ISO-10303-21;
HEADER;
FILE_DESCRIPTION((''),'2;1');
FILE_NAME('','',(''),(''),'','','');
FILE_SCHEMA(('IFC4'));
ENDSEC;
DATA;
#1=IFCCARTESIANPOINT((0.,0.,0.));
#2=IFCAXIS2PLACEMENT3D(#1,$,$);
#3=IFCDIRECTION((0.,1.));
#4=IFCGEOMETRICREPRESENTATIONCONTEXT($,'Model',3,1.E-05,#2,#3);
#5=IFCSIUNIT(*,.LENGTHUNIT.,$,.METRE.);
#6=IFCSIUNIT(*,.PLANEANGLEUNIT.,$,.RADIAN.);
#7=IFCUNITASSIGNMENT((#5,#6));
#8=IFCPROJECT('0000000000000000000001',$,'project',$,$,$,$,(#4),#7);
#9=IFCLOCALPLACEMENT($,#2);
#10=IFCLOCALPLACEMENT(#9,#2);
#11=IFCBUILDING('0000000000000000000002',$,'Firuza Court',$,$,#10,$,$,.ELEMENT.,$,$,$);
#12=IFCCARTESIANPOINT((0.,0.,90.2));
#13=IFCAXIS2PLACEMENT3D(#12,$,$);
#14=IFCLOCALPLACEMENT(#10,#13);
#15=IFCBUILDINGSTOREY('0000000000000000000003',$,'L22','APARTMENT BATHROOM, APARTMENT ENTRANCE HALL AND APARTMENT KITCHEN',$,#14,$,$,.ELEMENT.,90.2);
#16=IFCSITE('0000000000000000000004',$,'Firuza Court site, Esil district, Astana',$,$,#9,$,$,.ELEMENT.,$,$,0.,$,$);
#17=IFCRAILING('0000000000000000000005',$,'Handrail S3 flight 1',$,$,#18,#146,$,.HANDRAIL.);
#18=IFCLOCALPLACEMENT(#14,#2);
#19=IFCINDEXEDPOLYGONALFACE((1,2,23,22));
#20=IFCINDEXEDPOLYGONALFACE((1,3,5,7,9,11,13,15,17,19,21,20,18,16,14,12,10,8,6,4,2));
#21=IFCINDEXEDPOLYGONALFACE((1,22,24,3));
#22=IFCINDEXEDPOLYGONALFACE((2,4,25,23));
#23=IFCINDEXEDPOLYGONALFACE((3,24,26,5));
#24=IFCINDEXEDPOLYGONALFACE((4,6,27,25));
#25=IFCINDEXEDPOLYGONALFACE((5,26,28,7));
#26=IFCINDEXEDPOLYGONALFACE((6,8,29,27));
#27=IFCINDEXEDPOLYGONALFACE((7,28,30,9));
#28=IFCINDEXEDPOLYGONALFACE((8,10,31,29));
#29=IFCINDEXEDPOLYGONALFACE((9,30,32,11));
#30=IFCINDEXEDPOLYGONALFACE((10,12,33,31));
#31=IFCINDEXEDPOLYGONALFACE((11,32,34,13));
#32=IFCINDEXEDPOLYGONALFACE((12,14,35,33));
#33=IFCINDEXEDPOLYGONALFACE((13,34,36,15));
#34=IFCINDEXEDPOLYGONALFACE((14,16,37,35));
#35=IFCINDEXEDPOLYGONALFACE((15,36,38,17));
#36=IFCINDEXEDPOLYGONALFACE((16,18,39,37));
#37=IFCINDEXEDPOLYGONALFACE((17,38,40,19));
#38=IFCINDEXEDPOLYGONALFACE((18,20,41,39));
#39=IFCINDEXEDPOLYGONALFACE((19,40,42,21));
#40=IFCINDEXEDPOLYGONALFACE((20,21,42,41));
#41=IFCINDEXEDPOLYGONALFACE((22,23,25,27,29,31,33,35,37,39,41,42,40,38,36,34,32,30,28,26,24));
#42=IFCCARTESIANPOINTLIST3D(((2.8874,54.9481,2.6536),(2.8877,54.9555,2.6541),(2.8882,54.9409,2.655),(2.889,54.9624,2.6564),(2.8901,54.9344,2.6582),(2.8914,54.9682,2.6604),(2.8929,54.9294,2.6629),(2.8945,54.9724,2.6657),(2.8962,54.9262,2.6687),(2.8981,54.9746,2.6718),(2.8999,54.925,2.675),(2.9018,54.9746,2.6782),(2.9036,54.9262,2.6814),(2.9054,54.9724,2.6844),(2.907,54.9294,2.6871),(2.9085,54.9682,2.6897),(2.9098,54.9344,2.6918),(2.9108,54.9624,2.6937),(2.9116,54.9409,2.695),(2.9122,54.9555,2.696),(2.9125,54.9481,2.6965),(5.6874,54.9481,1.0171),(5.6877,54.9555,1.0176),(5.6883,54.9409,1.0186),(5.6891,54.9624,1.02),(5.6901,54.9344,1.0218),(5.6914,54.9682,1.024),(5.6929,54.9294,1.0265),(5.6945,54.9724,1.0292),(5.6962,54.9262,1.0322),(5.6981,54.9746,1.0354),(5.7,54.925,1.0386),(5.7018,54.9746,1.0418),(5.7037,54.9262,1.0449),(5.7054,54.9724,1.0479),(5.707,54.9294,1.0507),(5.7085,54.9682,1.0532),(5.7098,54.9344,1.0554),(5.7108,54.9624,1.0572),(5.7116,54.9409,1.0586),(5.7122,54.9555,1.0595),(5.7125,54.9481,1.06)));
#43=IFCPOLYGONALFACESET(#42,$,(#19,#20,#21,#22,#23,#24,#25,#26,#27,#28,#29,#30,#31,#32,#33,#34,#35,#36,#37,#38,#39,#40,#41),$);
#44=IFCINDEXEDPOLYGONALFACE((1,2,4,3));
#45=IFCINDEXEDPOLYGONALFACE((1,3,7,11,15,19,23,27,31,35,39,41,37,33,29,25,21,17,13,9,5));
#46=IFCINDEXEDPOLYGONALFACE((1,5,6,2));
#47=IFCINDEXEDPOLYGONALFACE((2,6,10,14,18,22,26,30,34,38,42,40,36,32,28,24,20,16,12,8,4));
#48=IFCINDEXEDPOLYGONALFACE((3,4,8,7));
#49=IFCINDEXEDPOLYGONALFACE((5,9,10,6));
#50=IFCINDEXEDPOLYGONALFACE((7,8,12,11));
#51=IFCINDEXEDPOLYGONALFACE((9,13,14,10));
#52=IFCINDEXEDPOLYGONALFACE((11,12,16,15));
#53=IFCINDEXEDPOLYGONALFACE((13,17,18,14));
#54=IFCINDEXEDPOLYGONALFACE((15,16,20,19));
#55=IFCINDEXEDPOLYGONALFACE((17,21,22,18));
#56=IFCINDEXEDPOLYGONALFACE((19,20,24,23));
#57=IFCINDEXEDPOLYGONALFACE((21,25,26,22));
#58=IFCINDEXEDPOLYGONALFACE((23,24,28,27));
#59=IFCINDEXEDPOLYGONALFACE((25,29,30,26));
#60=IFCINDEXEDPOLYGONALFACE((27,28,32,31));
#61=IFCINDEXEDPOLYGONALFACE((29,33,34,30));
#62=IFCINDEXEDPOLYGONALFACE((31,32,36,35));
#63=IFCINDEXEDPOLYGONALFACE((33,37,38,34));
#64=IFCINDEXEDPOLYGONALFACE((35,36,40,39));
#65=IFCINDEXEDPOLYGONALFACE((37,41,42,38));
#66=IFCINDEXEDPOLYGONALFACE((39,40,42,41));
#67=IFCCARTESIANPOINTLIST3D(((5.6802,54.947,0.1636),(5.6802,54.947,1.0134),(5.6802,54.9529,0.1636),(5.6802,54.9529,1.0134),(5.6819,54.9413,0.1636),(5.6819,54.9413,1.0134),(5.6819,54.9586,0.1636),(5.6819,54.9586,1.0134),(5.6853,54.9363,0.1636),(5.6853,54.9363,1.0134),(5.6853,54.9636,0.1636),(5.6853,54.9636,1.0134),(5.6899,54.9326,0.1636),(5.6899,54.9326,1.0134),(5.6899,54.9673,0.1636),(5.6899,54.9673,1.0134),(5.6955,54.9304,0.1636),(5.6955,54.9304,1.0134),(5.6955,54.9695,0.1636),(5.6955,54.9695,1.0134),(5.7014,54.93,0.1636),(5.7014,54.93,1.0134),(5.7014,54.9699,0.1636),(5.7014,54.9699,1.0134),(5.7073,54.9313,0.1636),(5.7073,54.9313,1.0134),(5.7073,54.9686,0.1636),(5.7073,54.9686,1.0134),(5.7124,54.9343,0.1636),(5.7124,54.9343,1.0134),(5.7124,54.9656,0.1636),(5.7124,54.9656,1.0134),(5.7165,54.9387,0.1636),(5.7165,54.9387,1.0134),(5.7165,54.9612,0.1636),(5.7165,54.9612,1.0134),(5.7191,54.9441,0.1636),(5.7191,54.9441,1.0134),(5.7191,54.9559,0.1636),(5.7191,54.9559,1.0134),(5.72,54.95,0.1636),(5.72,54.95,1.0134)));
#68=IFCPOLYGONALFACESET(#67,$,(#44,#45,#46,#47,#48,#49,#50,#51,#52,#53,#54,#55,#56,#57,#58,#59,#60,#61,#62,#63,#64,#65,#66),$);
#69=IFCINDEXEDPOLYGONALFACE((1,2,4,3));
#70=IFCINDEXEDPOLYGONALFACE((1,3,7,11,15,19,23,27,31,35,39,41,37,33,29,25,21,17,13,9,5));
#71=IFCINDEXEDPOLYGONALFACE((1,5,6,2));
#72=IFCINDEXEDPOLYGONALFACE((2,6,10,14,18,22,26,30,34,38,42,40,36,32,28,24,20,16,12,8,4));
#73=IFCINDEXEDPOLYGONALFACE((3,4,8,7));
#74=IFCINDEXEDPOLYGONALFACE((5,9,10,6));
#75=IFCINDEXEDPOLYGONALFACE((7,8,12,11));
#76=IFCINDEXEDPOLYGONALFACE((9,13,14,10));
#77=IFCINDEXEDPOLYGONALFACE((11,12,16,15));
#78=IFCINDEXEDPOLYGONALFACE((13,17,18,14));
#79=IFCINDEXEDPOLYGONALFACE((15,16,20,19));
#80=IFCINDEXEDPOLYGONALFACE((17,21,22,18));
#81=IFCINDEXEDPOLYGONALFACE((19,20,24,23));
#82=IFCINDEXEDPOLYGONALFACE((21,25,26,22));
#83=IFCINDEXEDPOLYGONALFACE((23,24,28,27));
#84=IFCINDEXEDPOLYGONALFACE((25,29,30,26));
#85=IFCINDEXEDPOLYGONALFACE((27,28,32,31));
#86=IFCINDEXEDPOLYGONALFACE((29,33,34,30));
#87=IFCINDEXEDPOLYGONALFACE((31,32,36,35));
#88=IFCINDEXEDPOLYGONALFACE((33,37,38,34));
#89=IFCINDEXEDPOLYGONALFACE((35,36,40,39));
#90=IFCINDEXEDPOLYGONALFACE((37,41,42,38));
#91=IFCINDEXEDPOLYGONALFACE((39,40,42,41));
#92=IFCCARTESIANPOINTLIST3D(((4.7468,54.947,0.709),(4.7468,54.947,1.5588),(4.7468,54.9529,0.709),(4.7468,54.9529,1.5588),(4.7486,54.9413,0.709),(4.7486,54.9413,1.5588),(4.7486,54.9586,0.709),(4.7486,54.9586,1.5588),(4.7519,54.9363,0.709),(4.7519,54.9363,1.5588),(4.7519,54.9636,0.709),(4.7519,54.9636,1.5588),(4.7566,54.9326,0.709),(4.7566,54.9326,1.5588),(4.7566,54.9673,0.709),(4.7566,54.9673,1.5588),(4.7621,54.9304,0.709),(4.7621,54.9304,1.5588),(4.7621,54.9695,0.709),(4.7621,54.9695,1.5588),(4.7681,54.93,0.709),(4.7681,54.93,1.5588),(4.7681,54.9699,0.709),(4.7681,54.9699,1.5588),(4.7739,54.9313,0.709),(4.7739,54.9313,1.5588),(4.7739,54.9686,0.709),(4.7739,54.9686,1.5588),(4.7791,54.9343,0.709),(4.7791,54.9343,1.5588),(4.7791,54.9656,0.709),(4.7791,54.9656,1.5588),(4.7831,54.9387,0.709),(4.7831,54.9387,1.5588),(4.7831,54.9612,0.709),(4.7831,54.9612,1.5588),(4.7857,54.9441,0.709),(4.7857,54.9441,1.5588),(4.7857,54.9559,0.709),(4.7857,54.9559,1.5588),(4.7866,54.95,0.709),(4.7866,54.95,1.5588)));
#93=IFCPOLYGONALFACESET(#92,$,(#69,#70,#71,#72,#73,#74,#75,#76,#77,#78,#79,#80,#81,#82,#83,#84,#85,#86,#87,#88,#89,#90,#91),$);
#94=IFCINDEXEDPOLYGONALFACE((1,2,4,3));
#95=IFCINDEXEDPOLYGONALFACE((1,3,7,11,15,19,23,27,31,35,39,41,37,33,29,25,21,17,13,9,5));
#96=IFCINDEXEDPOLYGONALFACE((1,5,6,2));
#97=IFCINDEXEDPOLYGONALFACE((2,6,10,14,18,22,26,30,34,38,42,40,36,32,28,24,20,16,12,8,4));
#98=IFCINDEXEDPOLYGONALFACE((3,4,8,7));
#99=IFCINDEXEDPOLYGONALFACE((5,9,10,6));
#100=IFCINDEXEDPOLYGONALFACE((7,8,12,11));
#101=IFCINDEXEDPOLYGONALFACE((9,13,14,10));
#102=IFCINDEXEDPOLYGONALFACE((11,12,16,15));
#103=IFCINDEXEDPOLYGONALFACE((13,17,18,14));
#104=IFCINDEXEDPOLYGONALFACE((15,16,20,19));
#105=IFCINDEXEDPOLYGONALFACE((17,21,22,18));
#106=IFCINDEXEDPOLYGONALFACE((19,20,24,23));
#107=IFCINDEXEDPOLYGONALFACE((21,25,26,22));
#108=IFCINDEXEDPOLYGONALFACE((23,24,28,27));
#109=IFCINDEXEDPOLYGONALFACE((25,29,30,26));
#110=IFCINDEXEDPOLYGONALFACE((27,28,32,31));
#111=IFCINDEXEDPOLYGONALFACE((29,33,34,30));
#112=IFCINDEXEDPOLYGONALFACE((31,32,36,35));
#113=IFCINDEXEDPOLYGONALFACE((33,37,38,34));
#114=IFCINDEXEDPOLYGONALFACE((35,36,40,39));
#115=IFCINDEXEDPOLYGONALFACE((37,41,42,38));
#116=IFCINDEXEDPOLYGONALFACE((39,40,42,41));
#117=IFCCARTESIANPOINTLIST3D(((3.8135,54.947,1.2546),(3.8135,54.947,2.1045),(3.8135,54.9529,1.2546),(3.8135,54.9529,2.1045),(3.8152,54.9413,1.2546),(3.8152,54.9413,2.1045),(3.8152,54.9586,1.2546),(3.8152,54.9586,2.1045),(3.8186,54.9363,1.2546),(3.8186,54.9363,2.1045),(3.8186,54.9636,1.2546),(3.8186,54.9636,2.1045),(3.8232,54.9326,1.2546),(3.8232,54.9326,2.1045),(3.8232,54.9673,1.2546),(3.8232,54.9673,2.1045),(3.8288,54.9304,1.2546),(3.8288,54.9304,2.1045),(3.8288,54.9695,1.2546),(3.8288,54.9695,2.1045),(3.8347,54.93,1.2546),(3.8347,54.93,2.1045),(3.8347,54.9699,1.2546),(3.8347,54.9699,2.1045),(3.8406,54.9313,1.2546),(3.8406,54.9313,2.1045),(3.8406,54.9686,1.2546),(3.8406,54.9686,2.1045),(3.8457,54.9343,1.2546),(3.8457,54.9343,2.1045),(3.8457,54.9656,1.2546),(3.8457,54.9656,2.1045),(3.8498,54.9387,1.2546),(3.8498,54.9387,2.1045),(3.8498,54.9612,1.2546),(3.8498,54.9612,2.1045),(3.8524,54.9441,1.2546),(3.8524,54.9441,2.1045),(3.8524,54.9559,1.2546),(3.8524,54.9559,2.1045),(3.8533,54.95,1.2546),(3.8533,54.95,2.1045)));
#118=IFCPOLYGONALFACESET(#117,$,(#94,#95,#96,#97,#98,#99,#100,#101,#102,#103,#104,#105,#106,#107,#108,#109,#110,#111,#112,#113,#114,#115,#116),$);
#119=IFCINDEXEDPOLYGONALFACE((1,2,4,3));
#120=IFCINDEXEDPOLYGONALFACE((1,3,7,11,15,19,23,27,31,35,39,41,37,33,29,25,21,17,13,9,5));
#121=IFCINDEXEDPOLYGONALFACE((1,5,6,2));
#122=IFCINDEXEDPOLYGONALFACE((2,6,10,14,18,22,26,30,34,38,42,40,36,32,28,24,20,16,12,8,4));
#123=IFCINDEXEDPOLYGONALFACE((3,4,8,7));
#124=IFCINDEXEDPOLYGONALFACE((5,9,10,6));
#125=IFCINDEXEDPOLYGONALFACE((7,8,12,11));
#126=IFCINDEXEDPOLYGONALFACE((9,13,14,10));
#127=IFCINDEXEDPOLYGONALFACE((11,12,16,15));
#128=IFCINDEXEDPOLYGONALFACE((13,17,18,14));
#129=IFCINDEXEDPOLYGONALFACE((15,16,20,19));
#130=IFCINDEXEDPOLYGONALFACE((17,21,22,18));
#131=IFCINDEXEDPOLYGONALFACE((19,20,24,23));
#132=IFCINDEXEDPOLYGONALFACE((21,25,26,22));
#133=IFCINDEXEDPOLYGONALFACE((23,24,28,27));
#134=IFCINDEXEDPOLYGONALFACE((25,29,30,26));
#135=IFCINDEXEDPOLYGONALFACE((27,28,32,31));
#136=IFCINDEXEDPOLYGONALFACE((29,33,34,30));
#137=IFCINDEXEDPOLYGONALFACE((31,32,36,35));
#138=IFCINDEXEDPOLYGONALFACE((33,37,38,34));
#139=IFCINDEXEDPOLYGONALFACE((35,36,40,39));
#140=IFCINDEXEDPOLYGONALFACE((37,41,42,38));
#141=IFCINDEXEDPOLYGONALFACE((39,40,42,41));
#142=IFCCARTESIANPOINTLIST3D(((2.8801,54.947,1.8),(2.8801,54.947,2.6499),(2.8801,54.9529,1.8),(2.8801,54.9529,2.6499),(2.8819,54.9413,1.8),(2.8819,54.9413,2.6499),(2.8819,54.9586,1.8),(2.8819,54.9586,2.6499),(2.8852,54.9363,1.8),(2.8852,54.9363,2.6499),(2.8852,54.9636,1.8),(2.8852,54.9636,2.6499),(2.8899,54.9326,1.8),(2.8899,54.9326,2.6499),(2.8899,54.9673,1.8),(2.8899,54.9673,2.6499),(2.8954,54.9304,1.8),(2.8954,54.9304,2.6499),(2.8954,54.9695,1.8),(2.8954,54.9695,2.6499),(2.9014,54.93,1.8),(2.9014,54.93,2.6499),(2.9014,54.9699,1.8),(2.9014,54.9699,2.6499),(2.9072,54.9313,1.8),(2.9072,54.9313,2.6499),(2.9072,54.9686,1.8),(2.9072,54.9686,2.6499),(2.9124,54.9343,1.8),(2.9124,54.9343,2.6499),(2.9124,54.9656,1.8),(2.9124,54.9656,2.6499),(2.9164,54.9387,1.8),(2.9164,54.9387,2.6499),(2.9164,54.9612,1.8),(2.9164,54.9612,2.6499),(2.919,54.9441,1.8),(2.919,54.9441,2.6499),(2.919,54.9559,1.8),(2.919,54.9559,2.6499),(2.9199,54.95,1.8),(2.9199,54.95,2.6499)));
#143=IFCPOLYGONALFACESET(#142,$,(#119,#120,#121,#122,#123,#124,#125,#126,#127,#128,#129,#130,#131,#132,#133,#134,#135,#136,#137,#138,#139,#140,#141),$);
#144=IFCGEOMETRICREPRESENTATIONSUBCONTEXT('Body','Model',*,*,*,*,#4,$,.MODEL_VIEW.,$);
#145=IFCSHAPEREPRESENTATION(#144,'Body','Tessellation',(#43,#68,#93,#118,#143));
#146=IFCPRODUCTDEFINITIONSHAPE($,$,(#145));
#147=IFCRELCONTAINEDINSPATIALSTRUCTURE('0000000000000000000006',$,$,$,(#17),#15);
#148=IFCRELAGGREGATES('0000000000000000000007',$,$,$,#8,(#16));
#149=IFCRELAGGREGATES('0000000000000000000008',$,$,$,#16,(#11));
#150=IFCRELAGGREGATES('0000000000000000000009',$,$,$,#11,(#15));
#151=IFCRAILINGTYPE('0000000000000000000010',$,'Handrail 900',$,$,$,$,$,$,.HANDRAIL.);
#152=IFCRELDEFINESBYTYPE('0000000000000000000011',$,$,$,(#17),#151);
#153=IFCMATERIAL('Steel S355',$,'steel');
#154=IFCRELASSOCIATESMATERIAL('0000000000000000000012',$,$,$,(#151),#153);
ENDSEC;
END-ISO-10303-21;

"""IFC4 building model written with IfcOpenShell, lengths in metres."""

from ifc_helpers import new_model, si_unit, direction, frame, origin, origin_2d, place, context, subcontext, project, spatial, circle, extrude, material, type_object, element, save


model = new_model("IFC4")

# Units and contexts
model_context = context("Model", 3, precision=1e-05, world=origin(), true_north=direction((0.0, 1.0)))
body_context = subcontext(model_context, "Body", "Model", "MODEL_VIEW")
ifc_project = project(units=[si_unit("LENGTHUNIT", "METRE"), si_unit("PLANEANGLEUNIT", "RADIAN")], contexts=[model_context])

# Site, building, storey
site_placement = place(None, origin())
site = spatial("IfcSite", under=ifc_project, at=site_placement, Name="Firuza Court site, Esil district, Astana", CompositionType="ELEMENT", RefElevation=0.0)
building_placement = place(site_placement, origin())
building = spatial("IfcBuilding", under=site, at=building_placement, Name="Firuza Court", CompositionType="ELEMENT")
storey_placement = place(building_placement, frame((0.0, 0.0, 90.2)))
storey = spatial("IfcBuildingStorey", under=building, at=storey_placement, Name="L22", Description="APARTMENT BATHROOM, APARTMENT ENTRANCE HALL AND APARTMENT KITCHEN", CompositionType="ELEMENT", Elevation=90.2)

# Railing
ifc_material_1 = material(Name="Steel S355", Category="steel")
railing_type_1 = type_object("IfcRailingType", Name="Handrail 900", PredefinedType="HANDRAIL", material=ifc_material_1)
railing_1_placement = place(storey_placement, frame((5.7, 54.95, 0.1636)))
element("IfcRailing", 1, at=railing_1_placement, inside=storey, type_object=railing_type_1, Name="Handrail S3 flight 1", PredefinedType="HANDRAIL", context=body_context, shape_type="SweptSolid", body=[
    extrude(circle(Radius=0.0249, at=origin_2d()), frame((0.0, 0.0, 0.875), z_axis=(-0.863361, 0.0, 0.504587), x_axis=(0.0, -1.0, 0.0)), (0.0, 0.0, 1.0), 3.2432),
    extrude(circle(Radius=0.02, at=origin_2d()), origin(), (0.0, 0.0, 1.0), 0.8499),
    extrude(circle(Radius=0.02, at=origin_2d()), frame((-0.9333, 0.0, 0.5454)), (0.0, 0.0, 1.0), 0.8499),
    extrude(circle(Radius=0.02, at=origin_2d()), frame((-1.8667, 0.0, 1.0911)), (0.0, 0.0, 1.0), 0.8499),
    extrude(circle(Radius=0.02, at=origin_2d()), frame((-2.8, 0.0, 1.6365)), (0.0, 0.0, 1.0), 0.8499),
])

save(model, "model.ifc")
